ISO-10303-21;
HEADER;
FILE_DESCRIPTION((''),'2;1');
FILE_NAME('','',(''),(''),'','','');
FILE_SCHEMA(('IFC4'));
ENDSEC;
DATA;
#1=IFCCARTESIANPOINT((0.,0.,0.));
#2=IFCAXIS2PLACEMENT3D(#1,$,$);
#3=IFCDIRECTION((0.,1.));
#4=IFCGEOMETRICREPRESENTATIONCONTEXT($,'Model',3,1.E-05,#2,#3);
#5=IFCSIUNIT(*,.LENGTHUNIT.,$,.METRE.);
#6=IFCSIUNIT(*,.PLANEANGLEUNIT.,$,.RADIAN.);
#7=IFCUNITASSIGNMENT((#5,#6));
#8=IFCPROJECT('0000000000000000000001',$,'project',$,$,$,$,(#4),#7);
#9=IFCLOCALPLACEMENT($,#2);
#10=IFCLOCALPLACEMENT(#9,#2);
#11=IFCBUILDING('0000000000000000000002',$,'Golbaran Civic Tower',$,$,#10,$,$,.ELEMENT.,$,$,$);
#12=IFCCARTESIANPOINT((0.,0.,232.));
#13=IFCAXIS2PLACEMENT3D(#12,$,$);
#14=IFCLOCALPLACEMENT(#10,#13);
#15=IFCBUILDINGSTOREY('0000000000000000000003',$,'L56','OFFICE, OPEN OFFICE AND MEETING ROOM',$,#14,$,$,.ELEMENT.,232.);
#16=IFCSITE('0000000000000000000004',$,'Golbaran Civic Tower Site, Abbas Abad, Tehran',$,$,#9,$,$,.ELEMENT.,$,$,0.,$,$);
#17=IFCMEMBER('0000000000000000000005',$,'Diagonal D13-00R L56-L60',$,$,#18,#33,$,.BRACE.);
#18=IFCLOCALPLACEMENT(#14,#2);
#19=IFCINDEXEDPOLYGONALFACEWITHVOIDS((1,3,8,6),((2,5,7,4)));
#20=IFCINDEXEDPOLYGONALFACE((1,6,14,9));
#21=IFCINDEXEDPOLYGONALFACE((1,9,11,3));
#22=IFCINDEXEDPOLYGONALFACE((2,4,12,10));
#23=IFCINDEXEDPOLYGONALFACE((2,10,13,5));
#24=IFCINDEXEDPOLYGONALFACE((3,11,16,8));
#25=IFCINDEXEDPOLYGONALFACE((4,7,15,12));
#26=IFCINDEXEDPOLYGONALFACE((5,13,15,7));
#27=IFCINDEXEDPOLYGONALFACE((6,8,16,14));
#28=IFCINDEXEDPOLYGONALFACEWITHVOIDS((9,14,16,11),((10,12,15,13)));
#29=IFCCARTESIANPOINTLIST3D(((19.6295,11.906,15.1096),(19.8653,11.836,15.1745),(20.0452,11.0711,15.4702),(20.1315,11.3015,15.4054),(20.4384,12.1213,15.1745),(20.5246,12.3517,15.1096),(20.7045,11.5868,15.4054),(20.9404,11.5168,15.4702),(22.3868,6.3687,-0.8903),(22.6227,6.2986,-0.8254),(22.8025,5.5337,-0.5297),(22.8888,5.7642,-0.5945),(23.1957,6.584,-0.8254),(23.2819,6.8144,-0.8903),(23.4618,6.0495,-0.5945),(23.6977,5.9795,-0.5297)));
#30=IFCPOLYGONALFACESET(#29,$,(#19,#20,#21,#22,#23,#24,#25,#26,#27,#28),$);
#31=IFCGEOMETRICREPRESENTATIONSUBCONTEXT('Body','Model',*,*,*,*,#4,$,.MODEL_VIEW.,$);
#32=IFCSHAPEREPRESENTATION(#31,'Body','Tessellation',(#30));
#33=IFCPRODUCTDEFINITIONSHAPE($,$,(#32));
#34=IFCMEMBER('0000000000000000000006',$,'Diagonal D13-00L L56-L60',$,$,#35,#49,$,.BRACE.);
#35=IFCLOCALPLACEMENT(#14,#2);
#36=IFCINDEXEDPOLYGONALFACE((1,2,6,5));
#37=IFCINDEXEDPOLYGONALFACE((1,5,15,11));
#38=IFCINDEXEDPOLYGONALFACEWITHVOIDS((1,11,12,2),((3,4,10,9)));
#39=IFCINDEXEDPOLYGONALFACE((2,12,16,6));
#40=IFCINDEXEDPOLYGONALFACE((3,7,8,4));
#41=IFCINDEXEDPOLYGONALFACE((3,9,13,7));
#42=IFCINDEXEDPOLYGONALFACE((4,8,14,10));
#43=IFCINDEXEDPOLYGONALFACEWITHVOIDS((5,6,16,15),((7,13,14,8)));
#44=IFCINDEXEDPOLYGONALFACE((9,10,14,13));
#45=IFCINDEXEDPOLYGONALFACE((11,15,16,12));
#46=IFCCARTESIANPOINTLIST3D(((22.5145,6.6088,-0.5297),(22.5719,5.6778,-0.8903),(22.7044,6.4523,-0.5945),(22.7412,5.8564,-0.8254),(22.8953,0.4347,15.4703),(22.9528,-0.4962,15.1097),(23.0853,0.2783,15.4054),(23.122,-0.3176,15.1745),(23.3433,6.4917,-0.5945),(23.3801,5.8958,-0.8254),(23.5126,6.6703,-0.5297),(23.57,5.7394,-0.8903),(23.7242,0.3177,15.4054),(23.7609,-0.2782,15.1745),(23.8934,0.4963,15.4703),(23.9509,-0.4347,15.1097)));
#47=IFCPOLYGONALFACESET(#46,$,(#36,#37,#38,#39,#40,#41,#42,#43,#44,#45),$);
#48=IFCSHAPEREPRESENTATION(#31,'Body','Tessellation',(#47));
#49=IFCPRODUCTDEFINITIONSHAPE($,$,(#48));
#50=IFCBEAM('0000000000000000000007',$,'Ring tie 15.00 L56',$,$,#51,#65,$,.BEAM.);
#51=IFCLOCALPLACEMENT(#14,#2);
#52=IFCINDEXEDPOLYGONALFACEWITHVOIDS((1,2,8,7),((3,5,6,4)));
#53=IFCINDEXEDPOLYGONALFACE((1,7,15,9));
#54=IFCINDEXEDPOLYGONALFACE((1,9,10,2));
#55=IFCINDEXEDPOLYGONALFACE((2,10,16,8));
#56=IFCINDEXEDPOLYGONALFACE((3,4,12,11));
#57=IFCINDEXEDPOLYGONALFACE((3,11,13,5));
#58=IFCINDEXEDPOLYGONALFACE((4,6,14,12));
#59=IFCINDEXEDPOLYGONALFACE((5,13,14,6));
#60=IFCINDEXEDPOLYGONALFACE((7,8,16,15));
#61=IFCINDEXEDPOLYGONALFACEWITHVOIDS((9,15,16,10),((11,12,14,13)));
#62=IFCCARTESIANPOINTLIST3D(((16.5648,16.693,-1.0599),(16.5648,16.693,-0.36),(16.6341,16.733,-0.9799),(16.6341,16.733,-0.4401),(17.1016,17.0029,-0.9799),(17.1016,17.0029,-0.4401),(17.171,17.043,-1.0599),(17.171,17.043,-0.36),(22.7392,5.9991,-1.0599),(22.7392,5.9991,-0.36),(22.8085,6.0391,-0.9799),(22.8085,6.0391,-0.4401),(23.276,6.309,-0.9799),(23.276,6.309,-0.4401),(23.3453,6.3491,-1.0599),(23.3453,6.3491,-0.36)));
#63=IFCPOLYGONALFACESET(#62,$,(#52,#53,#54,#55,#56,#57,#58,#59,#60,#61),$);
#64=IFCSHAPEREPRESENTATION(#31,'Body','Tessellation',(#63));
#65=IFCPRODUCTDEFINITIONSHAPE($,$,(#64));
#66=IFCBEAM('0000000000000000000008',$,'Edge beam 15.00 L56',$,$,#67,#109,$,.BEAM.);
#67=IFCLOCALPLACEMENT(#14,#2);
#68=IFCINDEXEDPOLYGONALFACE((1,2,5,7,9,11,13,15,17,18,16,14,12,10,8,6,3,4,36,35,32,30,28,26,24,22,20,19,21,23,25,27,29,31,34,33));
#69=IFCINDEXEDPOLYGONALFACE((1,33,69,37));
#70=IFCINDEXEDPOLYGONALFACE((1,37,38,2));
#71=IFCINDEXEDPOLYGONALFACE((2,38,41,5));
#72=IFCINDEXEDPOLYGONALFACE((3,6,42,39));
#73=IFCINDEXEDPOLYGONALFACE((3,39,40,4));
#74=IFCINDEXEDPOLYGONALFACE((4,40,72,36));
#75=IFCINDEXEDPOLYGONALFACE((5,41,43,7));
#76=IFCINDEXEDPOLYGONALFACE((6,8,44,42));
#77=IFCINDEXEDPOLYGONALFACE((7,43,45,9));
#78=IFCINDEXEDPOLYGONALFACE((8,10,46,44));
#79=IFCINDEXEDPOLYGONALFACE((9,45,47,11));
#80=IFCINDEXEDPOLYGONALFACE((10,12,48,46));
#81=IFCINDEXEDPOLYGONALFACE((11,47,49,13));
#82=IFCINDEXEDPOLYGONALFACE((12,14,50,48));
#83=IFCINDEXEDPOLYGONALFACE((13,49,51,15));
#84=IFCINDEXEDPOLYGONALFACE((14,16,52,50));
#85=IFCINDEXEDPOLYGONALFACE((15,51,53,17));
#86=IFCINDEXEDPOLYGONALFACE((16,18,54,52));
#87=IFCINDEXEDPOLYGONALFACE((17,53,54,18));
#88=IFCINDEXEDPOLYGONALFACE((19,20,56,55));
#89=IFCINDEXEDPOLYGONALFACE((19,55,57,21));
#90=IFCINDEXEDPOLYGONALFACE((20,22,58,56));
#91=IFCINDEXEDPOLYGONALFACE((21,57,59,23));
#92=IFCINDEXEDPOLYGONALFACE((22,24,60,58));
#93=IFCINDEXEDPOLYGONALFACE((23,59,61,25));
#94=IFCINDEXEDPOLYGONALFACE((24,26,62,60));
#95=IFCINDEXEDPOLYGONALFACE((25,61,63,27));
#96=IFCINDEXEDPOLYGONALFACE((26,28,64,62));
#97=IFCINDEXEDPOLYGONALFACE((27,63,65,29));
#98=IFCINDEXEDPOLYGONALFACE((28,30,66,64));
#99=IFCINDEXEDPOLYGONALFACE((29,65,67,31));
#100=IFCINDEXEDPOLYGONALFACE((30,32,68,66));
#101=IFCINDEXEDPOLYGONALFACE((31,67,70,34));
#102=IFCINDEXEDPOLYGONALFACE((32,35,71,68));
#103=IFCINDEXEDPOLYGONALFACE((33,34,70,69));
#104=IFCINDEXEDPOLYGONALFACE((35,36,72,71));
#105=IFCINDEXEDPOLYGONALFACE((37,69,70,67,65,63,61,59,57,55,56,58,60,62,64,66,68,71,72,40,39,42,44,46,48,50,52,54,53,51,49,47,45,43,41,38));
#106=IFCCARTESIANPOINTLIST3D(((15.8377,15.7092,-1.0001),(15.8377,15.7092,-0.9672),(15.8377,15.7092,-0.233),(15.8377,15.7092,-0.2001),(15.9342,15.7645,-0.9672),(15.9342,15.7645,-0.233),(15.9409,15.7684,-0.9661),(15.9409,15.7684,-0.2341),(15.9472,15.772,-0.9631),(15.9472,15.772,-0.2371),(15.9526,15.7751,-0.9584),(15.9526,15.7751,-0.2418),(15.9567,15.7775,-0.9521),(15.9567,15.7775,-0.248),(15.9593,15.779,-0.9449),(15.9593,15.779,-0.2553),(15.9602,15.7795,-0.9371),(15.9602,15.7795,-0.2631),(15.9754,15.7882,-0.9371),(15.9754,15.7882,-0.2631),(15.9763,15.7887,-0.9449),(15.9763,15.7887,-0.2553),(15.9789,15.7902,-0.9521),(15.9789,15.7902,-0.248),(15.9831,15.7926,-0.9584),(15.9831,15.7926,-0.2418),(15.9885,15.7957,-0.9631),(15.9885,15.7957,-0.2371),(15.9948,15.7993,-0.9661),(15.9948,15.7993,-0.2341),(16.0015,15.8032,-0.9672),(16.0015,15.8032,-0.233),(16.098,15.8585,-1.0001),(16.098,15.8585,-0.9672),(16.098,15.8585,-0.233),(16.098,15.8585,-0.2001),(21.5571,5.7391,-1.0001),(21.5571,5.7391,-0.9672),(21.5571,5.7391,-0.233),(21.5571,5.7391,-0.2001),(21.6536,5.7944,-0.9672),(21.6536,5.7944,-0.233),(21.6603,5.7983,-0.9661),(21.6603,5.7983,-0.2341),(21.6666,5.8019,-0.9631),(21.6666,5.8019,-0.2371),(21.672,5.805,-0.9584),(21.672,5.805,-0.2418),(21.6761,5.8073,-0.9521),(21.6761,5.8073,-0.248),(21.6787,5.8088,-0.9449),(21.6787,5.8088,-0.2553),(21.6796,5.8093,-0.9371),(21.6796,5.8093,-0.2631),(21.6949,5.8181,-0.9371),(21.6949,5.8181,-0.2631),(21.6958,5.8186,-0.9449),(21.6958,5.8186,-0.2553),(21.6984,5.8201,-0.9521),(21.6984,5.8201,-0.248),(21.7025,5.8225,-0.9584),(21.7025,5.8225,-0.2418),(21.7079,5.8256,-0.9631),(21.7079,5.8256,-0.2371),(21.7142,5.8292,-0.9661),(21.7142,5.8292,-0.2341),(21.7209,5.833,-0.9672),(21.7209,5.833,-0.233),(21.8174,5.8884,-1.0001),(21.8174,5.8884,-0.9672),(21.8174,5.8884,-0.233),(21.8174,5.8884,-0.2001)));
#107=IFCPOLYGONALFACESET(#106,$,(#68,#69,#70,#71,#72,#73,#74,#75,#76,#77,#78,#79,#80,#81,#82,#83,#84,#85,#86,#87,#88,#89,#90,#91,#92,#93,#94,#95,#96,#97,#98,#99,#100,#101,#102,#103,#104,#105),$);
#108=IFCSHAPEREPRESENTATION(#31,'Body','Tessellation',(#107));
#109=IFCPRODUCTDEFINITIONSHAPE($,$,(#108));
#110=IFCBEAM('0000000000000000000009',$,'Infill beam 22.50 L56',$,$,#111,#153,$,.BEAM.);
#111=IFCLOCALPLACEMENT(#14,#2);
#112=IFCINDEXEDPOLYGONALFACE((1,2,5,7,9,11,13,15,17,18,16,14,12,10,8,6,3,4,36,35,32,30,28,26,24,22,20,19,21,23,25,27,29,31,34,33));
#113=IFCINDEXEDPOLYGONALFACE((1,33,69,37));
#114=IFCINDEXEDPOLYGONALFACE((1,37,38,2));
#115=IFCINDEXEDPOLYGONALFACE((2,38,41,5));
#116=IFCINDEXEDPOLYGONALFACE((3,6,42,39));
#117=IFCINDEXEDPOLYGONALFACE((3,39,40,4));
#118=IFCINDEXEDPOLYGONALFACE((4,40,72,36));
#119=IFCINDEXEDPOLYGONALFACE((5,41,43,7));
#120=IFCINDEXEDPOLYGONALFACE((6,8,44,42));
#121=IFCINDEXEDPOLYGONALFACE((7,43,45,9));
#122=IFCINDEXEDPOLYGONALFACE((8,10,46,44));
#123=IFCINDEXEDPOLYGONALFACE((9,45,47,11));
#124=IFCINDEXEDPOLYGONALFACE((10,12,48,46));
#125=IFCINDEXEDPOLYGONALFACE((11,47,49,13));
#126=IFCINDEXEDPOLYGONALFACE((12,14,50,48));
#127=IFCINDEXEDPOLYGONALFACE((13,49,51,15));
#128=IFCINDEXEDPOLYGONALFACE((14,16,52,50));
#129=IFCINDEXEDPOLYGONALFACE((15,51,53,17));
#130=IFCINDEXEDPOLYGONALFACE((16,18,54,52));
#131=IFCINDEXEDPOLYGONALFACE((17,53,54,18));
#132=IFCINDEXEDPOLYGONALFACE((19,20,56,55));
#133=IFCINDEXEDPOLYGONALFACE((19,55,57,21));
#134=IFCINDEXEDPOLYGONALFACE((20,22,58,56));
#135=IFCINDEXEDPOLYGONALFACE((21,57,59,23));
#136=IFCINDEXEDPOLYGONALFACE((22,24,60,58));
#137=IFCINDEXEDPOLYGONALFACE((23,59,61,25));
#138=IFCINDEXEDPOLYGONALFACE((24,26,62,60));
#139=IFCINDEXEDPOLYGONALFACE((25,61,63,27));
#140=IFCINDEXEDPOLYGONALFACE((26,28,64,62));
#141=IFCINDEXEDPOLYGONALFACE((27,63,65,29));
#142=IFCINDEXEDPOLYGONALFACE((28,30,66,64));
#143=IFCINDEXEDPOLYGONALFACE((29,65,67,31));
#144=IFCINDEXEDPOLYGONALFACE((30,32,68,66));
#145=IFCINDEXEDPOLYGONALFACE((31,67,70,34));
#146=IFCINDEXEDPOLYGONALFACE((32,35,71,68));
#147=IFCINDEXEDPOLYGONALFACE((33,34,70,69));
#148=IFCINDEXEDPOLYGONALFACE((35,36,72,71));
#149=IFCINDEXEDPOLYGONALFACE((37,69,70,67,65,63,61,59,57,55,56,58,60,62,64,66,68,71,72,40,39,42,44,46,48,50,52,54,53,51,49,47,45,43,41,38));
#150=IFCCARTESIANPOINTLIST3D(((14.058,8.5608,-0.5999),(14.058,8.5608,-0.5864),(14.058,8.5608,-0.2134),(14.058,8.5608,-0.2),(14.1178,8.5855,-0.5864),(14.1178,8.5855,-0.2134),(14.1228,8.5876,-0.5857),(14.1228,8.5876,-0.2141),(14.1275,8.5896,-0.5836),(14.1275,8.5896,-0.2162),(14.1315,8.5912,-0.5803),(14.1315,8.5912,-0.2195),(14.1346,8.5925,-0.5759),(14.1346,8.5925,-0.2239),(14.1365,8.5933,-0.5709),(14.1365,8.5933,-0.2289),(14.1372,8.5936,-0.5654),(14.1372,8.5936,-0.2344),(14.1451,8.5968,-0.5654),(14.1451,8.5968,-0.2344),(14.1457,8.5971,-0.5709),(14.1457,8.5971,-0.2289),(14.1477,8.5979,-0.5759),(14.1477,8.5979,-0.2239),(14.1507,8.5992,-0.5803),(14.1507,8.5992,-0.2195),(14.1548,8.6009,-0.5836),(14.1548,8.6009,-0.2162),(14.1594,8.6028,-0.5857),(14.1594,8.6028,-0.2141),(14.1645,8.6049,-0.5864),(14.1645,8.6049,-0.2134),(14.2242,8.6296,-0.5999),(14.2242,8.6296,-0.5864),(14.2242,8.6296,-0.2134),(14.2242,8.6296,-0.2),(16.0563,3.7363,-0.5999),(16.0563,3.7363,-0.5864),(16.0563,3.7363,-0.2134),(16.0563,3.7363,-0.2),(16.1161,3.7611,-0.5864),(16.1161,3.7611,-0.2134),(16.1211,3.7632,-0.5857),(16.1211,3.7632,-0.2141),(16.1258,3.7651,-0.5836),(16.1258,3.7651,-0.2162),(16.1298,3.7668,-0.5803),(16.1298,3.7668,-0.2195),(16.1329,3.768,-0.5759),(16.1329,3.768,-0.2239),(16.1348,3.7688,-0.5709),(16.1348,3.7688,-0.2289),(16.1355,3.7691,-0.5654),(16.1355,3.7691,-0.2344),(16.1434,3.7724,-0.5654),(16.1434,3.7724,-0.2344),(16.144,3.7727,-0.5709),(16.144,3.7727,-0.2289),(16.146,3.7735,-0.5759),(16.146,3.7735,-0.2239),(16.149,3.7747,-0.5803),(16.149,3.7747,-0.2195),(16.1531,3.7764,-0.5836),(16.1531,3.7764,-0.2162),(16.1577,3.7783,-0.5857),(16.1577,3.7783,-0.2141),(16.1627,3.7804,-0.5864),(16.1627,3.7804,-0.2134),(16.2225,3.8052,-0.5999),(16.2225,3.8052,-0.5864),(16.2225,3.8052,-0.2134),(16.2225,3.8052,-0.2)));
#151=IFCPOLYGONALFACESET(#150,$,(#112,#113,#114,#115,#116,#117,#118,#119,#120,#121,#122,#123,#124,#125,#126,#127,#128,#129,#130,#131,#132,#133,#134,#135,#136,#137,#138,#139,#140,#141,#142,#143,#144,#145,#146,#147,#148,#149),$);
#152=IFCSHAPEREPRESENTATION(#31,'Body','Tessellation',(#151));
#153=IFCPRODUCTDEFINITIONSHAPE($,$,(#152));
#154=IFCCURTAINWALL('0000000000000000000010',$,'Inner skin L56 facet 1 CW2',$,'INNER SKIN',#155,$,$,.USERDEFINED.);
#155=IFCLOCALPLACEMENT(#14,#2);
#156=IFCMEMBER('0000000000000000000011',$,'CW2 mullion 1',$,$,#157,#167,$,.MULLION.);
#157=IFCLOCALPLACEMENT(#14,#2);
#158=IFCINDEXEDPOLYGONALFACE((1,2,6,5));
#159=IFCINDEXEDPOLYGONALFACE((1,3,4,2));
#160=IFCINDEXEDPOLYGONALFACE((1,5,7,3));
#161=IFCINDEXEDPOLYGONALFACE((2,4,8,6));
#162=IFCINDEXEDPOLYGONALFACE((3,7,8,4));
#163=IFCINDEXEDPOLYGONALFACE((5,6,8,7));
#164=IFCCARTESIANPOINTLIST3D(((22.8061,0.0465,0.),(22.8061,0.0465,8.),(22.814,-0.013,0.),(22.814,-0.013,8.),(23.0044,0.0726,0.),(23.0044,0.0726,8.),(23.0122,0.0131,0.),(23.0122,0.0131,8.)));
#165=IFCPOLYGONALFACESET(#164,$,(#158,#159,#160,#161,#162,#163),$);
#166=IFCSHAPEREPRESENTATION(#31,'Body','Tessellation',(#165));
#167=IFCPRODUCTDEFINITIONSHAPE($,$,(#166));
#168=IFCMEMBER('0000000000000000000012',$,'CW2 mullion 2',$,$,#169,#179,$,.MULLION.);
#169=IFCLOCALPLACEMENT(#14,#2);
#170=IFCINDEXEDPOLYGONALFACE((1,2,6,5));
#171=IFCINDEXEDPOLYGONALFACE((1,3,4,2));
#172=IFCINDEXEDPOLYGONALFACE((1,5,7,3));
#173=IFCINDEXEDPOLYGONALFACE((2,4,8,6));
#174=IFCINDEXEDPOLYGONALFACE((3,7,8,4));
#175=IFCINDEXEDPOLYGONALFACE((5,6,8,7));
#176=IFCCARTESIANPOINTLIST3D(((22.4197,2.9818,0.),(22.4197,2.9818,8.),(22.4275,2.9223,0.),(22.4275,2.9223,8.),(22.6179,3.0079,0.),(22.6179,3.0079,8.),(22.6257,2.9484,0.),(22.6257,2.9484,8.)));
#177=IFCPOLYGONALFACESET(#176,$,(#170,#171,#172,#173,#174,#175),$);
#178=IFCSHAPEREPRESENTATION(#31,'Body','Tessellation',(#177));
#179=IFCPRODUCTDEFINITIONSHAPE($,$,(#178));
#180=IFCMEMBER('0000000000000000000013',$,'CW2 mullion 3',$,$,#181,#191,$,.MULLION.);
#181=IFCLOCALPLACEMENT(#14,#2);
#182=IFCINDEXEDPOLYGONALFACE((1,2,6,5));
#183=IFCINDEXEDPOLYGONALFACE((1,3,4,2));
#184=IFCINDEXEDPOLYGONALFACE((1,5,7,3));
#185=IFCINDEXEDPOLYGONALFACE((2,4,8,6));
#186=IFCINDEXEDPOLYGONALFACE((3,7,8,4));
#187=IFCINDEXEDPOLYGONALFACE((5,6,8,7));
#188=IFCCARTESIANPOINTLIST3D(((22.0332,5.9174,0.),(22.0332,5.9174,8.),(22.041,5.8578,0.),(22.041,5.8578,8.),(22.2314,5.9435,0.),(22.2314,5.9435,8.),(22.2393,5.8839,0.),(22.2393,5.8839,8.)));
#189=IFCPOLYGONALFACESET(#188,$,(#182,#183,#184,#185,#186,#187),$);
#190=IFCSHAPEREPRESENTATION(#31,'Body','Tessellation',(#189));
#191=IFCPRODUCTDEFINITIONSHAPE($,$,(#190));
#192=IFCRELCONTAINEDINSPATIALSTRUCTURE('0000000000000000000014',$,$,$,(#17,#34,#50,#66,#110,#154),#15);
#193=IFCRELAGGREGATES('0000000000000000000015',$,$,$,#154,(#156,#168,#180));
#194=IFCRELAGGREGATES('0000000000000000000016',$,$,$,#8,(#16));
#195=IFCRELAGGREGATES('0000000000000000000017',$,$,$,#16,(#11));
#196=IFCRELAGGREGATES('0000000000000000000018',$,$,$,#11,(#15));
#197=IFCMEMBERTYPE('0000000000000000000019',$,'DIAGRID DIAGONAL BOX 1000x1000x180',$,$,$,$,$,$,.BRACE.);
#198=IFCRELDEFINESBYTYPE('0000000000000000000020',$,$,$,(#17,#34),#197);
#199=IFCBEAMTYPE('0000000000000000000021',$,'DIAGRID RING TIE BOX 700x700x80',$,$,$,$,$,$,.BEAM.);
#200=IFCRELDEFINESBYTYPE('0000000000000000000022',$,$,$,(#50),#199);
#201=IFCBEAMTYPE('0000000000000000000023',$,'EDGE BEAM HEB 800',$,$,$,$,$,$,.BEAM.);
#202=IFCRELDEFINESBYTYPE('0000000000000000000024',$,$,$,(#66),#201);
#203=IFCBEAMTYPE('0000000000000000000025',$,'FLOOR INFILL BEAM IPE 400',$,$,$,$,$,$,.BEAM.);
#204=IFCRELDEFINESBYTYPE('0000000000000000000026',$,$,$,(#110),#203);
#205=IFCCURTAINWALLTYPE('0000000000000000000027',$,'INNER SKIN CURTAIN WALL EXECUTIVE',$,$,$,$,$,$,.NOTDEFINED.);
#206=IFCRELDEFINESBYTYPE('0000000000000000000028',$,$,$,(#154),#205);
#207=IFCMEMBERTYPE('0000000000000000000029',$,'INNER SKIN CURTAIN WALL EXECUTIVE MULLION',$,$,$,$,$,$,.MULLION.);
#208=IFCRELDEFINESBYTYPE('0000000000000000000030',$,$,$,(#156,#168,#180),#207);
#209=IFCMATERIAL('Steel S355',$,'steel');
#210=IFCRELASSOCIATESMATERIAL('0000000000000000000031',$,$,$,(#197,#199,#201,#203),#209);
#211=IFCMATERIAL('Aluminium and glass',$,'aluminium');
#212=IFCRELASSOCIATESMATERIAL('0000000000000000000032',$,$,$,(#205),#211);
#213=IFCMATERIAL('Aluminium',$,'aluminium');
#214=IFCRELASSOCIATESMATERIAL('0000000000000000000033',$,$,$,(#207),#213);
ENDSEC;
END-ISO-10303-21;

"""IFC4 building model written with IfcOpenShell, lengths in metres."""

from ifc_helpers import new_model, si_unit, direction, frame, origin, origin_2d, place, context, subcontext, project, spatial, rectangle, hollow_rectangle, i_section, extrude, material, material_profile, profile_set, type_object, element, aggregate, save


model = new_model("IFC4")

# Units and contexts
model_context = context("Model", 3, precision=1e-05, world=origin(), true_north=direction((0.0, 1.0)))
body_context = subcontext(model_context, "Body", "Model", "MODEL_VIEW")
ifc_project = project(units=[si_unit("LENGTHUNIT", "METRE"), si_unit("PLANEANGLEUNIT", "RADIAN")], contexts=[model_context])

# Site, building, storey
site_placement = place(None, origin())
site = spatial("IfcSite", under=ifc_project, at=site_placement, Name="Golbaran Civic Tower Site, Abbas Abad, Tehran", CompositionType="ELEMENT", RefElevation=0.0)
building_placement = place(site_placement, origin())
building = spatial("IfcBuilding", under=site, at=building_placement, Name="Golbaran Civic Tower", CompositionType="ELEMENT")
storey_placement = place(building_placement, frame((0.0, 0.0, 232.0)))
storey = spatial("IfcBuildingStorey", under=building, at=storey_placement, Name="L56", Description="OFFICE, OPEN OFFICE AND MEETING ROOM", CompositionType="ELEMENT", Elevation=232.0)

# Members
ifc_material_1 = material(Name="Steel S355", Category="steel")
ifc_material_profile_1 = material_profile(ifc_material_1, hollow_rectangle(XDim=1.0, YDim=1.0, WallThickness=0.1799, at=origin_2d()), Name="BOX 1000x1000x180")
ifc_profile_set_1 = profile_set([ifc_material_profile_1], Name="Steel S355")
member_type_1 = type_object("IfcMemberType", Name="DIAGRID DIAGONAL BOX 1000x1000x180", PredefinedType="BRACE", material=ifc_profile_set_1)
for number, where, z_axis, x_axis, name in (
    (1, (23.0422, 6.1741, -0.71), (-0.160738, 0.3228, 0.932718), (-0.89516, -0.445745, 0.0), "Diagonal D13-00R L56-L60"),
    (2, (23.0422, 6.1741, -0.71), (0.022202, -0.359918, 0.93272), (0.998103, 0.06157, 0.0), "Diagonal D13-00L L56-L60"),
):
    element("IfcMember", number, at=place(storey_placement, frame(where, z_axis=z_axis, x_axis=x_axis)), inside=storey, type_object=member_type_1, Name=name, PredefinedType="BRACE", context=body_context, shape_type="SweptSolid", body=[
        extrude(hollow_rectangle(XDim=1.0, YDim=1.0, WallThickness=0.1799, at=origin_2d()), origin(), (0.0, 0.0, 1.0), 17.1541),
    ])

# Beams
ifc_material_profile_2 = material_profile(ifc_material_1, hollow_rectangle(XDim=0.7, YDim=0.7, WallThickness=0.0801, at=origin_2d()), Name="BOX 700x700x80")
ifc_profile_set_2 = profile_set([ifc_material_profile_2], Name="Steel S355")
beam_type_1 = type_object("IfcBeamType", Name="DIAGRID RING TIE BOX 700x700x80", PredefinedType="BEAM", material=ifc_profile_set_2)
beam_1_placement = place(storey_placement, frame((23.0422, 6.1741, -0.71), z_axis=(-0.500013, 0.866018, 0.0), x_axis=(-0.866018, -0.500013, 0.0)))
element("IfcBeam", 3, at=beam_1_placement, inside=storey, type_object=beam_type_1, Name="Ring tie 15.00 L56", PredefinedType="BEAM", context=body_context, shape_type="SweptSolid", body=[
    extrude(hollow_rectangle(XDim=0.7, YDim=0.7, WallThickness=0.0801, at=origin_2d()), origin(), (0.0, 0.0, 1.0), 12.3484),
])
ifc_material_profile_3 = material_profile(ifc_material_1, i_section(OverallWidth=0.3, OverallDepth=0.8, WebThickness=0.0176, FlangeThickness=0.033, FilletRadius=0.03, at=origin_2d()), Name="HEB 800")
ifc_profile_set_3 = profile_set([ifc_material_profile_3], Name="Steel S355")
beam_type_2 = type_object("IfcBeamType", Name="EDGE BEAM HEB 800", PredefinedType="BEAM", material=ifc_profile_set_3)
beam_2_placement = place(storey_placement, frame((21.6873, 5.8137, -0.6001), z_axis=(-0.497595, 0.867409, 0.0), x_axis=(-0.867409, -0.497595, 0.0)))
element("IfcBeam", 4, at=beam_2_placement, inside=storey, type_object=beam_type_2, Name="Edge beam 15.00 L56", PredefinedType="BEAM", context=body_context, shape_type="SweptSolid", body=[
    extrude(i_section(OverallWidth=0.3, OverallDepth=0.8, WebThickness=0.0176, FlangeThickness=0.033, FilletRadius=0.03, at=origin_2d()), origin(), (0.0, 0.0, 1.0), 11.4941),
])
ifc_material_profile_4 = material_profile(ifc_material_1, i_section(OverallWidth=0.1799, OverallDepth=0.3999, WebThickness=0.0085, FlangeThickness=0.0134, FilletRadius=0.021, at=origin_2d()), Name="IPE 400")
ifc_profile_set_4 = profile_set([ifc_material_profile_4], Name="Steel S355")
beam_type_3 = type_object("IfcBeamType", Name="FLOOR INFILL BEAM IPE 400", PredefinedType="BEAM", material=ifc_profile_set_4)
beam_3_placement = place(storey_placement, frame((16.1394, 3.7708, -0.3999), z_axis=(-0.382672, 0.923884, 0.0), x_axis=(-0.923884, -0.382672, 0.0)))
element("IfcBeam", 5, at=beam_3_placement, inside=storey, type_object=beam_type_3, Name="Infill beam 22.50 L56", PredefinedType="BEAM", context=body_context, shape_type="SweptSolid", body=[
    extrude(i_section(OverallWidth=0.1799, OverallDepth=0.3999, WebThickness=0.0085, FlangeThickness=0.0134, FilletRadius=0.021, at=origin_2d()), origin(), (0.0, 0.0, 1.0), 5.2219),
])

# Curtain wall, members
ifc_material_2 = material(Name="Aluminium and glass", Category="aluminium")
curtain_wall_type_1 = type_object("IfcCurtainWallType", Name="INNER SKIN CURTAIN WALL EXECUTIVE", PredefinedType="NOTDEFINED", material=ifc_material_2)
curtain_wall_1_placement = place(storey_placement, origin())
curtain_wall_1 = element("IfcCurtainWall", 6, at=curtain_wall_1_placement, inside=storey, type_object=curtain_wall_type_1, Name="Inner skin L56 facet 1 CW2", ObjectType="INNER SKIN", PredefinedType="USERDEFINED")
ifc_material_3 = material(Name="Aluminium", Category="aluminium")
ifc_material_profile_5 = material_profile(ifc_material_3, rectangle(XDim=0.2, YDim=0.0601, at=origin_2d()), Name="INNER SKIN CURTAIN WALL EXECUTIVE MULLION")
ifc_profile_set_5 = profile_set([ifc_material_profile_5], Name="Aluminium")
member_type_2 = type_object("IfcMemberType", Name="INNER SKIN CURTAIN WALL EXECUTIVE MULLION", PredefinedType="MULLION", material=ifc_profile_set_5)
member_1_placement = place(storey_placement, frame((22.9092, 0.0298, 0.0), z_axis=(0.0, 0.0, 1.0), x_axis=(-0.991445, -0.130526, 0.0)))
member_1 = element("IfcMember", 7, at=member_1_placement, type_object=member_type_2, Name="CW2 mullion 1", PredefinedType="MULLION", context=body_context, shape_type="SweptSolid", body=[
    extrude(rectangle(XDim=0.2, YDim=0.0601, at=origin_2d()), origin(), (0.0, 0.0, 1.0), 8.0),
])
member_2_placement = place(storey_placement, frame((22.5227, 2.9651, 0.0), z_axis=(0.0, 0.0, 1.0), x_axis=(-0.991445, -0.130526, 0.0)))
member_2 = element("IfcMember", 8, at=member_2_placement, type_object=member_type_2, Name="CW2 mullion 2", PredefinedType="MULLION", context=body_context, shape_type="SweptSolid", body=[
    extrude(rectangle(XDim=0.2, YDim=0.0601, at=origin_2d()), origin(), (0.0, 0.0, 1.0), 8.0),
])
member_3_placement = place(storey_placement, frame((22.1362, 5.9006, 0.0), z_axis=(0.0, 0.0, 1.0), x_axis=(-0.991445, -0.130526, 0.0)))
member_3 = element("IfcMember", 9, at=member_3_placement, type_object=member_type_2, Name="CW2 mullion 3", PredefinedType="MULLION", context=body_context, shape_type="SweptSolid", body=[
    extrude(rectangle(XDim=0.2, YDim=0.0601, at=origin_2d()), origin(), (0.0, 0.0, 1.0), 8.0),
])

aggregate(curtain_wall_1, [member_1, member_2, member_3])

save(model, "model.ifc")
